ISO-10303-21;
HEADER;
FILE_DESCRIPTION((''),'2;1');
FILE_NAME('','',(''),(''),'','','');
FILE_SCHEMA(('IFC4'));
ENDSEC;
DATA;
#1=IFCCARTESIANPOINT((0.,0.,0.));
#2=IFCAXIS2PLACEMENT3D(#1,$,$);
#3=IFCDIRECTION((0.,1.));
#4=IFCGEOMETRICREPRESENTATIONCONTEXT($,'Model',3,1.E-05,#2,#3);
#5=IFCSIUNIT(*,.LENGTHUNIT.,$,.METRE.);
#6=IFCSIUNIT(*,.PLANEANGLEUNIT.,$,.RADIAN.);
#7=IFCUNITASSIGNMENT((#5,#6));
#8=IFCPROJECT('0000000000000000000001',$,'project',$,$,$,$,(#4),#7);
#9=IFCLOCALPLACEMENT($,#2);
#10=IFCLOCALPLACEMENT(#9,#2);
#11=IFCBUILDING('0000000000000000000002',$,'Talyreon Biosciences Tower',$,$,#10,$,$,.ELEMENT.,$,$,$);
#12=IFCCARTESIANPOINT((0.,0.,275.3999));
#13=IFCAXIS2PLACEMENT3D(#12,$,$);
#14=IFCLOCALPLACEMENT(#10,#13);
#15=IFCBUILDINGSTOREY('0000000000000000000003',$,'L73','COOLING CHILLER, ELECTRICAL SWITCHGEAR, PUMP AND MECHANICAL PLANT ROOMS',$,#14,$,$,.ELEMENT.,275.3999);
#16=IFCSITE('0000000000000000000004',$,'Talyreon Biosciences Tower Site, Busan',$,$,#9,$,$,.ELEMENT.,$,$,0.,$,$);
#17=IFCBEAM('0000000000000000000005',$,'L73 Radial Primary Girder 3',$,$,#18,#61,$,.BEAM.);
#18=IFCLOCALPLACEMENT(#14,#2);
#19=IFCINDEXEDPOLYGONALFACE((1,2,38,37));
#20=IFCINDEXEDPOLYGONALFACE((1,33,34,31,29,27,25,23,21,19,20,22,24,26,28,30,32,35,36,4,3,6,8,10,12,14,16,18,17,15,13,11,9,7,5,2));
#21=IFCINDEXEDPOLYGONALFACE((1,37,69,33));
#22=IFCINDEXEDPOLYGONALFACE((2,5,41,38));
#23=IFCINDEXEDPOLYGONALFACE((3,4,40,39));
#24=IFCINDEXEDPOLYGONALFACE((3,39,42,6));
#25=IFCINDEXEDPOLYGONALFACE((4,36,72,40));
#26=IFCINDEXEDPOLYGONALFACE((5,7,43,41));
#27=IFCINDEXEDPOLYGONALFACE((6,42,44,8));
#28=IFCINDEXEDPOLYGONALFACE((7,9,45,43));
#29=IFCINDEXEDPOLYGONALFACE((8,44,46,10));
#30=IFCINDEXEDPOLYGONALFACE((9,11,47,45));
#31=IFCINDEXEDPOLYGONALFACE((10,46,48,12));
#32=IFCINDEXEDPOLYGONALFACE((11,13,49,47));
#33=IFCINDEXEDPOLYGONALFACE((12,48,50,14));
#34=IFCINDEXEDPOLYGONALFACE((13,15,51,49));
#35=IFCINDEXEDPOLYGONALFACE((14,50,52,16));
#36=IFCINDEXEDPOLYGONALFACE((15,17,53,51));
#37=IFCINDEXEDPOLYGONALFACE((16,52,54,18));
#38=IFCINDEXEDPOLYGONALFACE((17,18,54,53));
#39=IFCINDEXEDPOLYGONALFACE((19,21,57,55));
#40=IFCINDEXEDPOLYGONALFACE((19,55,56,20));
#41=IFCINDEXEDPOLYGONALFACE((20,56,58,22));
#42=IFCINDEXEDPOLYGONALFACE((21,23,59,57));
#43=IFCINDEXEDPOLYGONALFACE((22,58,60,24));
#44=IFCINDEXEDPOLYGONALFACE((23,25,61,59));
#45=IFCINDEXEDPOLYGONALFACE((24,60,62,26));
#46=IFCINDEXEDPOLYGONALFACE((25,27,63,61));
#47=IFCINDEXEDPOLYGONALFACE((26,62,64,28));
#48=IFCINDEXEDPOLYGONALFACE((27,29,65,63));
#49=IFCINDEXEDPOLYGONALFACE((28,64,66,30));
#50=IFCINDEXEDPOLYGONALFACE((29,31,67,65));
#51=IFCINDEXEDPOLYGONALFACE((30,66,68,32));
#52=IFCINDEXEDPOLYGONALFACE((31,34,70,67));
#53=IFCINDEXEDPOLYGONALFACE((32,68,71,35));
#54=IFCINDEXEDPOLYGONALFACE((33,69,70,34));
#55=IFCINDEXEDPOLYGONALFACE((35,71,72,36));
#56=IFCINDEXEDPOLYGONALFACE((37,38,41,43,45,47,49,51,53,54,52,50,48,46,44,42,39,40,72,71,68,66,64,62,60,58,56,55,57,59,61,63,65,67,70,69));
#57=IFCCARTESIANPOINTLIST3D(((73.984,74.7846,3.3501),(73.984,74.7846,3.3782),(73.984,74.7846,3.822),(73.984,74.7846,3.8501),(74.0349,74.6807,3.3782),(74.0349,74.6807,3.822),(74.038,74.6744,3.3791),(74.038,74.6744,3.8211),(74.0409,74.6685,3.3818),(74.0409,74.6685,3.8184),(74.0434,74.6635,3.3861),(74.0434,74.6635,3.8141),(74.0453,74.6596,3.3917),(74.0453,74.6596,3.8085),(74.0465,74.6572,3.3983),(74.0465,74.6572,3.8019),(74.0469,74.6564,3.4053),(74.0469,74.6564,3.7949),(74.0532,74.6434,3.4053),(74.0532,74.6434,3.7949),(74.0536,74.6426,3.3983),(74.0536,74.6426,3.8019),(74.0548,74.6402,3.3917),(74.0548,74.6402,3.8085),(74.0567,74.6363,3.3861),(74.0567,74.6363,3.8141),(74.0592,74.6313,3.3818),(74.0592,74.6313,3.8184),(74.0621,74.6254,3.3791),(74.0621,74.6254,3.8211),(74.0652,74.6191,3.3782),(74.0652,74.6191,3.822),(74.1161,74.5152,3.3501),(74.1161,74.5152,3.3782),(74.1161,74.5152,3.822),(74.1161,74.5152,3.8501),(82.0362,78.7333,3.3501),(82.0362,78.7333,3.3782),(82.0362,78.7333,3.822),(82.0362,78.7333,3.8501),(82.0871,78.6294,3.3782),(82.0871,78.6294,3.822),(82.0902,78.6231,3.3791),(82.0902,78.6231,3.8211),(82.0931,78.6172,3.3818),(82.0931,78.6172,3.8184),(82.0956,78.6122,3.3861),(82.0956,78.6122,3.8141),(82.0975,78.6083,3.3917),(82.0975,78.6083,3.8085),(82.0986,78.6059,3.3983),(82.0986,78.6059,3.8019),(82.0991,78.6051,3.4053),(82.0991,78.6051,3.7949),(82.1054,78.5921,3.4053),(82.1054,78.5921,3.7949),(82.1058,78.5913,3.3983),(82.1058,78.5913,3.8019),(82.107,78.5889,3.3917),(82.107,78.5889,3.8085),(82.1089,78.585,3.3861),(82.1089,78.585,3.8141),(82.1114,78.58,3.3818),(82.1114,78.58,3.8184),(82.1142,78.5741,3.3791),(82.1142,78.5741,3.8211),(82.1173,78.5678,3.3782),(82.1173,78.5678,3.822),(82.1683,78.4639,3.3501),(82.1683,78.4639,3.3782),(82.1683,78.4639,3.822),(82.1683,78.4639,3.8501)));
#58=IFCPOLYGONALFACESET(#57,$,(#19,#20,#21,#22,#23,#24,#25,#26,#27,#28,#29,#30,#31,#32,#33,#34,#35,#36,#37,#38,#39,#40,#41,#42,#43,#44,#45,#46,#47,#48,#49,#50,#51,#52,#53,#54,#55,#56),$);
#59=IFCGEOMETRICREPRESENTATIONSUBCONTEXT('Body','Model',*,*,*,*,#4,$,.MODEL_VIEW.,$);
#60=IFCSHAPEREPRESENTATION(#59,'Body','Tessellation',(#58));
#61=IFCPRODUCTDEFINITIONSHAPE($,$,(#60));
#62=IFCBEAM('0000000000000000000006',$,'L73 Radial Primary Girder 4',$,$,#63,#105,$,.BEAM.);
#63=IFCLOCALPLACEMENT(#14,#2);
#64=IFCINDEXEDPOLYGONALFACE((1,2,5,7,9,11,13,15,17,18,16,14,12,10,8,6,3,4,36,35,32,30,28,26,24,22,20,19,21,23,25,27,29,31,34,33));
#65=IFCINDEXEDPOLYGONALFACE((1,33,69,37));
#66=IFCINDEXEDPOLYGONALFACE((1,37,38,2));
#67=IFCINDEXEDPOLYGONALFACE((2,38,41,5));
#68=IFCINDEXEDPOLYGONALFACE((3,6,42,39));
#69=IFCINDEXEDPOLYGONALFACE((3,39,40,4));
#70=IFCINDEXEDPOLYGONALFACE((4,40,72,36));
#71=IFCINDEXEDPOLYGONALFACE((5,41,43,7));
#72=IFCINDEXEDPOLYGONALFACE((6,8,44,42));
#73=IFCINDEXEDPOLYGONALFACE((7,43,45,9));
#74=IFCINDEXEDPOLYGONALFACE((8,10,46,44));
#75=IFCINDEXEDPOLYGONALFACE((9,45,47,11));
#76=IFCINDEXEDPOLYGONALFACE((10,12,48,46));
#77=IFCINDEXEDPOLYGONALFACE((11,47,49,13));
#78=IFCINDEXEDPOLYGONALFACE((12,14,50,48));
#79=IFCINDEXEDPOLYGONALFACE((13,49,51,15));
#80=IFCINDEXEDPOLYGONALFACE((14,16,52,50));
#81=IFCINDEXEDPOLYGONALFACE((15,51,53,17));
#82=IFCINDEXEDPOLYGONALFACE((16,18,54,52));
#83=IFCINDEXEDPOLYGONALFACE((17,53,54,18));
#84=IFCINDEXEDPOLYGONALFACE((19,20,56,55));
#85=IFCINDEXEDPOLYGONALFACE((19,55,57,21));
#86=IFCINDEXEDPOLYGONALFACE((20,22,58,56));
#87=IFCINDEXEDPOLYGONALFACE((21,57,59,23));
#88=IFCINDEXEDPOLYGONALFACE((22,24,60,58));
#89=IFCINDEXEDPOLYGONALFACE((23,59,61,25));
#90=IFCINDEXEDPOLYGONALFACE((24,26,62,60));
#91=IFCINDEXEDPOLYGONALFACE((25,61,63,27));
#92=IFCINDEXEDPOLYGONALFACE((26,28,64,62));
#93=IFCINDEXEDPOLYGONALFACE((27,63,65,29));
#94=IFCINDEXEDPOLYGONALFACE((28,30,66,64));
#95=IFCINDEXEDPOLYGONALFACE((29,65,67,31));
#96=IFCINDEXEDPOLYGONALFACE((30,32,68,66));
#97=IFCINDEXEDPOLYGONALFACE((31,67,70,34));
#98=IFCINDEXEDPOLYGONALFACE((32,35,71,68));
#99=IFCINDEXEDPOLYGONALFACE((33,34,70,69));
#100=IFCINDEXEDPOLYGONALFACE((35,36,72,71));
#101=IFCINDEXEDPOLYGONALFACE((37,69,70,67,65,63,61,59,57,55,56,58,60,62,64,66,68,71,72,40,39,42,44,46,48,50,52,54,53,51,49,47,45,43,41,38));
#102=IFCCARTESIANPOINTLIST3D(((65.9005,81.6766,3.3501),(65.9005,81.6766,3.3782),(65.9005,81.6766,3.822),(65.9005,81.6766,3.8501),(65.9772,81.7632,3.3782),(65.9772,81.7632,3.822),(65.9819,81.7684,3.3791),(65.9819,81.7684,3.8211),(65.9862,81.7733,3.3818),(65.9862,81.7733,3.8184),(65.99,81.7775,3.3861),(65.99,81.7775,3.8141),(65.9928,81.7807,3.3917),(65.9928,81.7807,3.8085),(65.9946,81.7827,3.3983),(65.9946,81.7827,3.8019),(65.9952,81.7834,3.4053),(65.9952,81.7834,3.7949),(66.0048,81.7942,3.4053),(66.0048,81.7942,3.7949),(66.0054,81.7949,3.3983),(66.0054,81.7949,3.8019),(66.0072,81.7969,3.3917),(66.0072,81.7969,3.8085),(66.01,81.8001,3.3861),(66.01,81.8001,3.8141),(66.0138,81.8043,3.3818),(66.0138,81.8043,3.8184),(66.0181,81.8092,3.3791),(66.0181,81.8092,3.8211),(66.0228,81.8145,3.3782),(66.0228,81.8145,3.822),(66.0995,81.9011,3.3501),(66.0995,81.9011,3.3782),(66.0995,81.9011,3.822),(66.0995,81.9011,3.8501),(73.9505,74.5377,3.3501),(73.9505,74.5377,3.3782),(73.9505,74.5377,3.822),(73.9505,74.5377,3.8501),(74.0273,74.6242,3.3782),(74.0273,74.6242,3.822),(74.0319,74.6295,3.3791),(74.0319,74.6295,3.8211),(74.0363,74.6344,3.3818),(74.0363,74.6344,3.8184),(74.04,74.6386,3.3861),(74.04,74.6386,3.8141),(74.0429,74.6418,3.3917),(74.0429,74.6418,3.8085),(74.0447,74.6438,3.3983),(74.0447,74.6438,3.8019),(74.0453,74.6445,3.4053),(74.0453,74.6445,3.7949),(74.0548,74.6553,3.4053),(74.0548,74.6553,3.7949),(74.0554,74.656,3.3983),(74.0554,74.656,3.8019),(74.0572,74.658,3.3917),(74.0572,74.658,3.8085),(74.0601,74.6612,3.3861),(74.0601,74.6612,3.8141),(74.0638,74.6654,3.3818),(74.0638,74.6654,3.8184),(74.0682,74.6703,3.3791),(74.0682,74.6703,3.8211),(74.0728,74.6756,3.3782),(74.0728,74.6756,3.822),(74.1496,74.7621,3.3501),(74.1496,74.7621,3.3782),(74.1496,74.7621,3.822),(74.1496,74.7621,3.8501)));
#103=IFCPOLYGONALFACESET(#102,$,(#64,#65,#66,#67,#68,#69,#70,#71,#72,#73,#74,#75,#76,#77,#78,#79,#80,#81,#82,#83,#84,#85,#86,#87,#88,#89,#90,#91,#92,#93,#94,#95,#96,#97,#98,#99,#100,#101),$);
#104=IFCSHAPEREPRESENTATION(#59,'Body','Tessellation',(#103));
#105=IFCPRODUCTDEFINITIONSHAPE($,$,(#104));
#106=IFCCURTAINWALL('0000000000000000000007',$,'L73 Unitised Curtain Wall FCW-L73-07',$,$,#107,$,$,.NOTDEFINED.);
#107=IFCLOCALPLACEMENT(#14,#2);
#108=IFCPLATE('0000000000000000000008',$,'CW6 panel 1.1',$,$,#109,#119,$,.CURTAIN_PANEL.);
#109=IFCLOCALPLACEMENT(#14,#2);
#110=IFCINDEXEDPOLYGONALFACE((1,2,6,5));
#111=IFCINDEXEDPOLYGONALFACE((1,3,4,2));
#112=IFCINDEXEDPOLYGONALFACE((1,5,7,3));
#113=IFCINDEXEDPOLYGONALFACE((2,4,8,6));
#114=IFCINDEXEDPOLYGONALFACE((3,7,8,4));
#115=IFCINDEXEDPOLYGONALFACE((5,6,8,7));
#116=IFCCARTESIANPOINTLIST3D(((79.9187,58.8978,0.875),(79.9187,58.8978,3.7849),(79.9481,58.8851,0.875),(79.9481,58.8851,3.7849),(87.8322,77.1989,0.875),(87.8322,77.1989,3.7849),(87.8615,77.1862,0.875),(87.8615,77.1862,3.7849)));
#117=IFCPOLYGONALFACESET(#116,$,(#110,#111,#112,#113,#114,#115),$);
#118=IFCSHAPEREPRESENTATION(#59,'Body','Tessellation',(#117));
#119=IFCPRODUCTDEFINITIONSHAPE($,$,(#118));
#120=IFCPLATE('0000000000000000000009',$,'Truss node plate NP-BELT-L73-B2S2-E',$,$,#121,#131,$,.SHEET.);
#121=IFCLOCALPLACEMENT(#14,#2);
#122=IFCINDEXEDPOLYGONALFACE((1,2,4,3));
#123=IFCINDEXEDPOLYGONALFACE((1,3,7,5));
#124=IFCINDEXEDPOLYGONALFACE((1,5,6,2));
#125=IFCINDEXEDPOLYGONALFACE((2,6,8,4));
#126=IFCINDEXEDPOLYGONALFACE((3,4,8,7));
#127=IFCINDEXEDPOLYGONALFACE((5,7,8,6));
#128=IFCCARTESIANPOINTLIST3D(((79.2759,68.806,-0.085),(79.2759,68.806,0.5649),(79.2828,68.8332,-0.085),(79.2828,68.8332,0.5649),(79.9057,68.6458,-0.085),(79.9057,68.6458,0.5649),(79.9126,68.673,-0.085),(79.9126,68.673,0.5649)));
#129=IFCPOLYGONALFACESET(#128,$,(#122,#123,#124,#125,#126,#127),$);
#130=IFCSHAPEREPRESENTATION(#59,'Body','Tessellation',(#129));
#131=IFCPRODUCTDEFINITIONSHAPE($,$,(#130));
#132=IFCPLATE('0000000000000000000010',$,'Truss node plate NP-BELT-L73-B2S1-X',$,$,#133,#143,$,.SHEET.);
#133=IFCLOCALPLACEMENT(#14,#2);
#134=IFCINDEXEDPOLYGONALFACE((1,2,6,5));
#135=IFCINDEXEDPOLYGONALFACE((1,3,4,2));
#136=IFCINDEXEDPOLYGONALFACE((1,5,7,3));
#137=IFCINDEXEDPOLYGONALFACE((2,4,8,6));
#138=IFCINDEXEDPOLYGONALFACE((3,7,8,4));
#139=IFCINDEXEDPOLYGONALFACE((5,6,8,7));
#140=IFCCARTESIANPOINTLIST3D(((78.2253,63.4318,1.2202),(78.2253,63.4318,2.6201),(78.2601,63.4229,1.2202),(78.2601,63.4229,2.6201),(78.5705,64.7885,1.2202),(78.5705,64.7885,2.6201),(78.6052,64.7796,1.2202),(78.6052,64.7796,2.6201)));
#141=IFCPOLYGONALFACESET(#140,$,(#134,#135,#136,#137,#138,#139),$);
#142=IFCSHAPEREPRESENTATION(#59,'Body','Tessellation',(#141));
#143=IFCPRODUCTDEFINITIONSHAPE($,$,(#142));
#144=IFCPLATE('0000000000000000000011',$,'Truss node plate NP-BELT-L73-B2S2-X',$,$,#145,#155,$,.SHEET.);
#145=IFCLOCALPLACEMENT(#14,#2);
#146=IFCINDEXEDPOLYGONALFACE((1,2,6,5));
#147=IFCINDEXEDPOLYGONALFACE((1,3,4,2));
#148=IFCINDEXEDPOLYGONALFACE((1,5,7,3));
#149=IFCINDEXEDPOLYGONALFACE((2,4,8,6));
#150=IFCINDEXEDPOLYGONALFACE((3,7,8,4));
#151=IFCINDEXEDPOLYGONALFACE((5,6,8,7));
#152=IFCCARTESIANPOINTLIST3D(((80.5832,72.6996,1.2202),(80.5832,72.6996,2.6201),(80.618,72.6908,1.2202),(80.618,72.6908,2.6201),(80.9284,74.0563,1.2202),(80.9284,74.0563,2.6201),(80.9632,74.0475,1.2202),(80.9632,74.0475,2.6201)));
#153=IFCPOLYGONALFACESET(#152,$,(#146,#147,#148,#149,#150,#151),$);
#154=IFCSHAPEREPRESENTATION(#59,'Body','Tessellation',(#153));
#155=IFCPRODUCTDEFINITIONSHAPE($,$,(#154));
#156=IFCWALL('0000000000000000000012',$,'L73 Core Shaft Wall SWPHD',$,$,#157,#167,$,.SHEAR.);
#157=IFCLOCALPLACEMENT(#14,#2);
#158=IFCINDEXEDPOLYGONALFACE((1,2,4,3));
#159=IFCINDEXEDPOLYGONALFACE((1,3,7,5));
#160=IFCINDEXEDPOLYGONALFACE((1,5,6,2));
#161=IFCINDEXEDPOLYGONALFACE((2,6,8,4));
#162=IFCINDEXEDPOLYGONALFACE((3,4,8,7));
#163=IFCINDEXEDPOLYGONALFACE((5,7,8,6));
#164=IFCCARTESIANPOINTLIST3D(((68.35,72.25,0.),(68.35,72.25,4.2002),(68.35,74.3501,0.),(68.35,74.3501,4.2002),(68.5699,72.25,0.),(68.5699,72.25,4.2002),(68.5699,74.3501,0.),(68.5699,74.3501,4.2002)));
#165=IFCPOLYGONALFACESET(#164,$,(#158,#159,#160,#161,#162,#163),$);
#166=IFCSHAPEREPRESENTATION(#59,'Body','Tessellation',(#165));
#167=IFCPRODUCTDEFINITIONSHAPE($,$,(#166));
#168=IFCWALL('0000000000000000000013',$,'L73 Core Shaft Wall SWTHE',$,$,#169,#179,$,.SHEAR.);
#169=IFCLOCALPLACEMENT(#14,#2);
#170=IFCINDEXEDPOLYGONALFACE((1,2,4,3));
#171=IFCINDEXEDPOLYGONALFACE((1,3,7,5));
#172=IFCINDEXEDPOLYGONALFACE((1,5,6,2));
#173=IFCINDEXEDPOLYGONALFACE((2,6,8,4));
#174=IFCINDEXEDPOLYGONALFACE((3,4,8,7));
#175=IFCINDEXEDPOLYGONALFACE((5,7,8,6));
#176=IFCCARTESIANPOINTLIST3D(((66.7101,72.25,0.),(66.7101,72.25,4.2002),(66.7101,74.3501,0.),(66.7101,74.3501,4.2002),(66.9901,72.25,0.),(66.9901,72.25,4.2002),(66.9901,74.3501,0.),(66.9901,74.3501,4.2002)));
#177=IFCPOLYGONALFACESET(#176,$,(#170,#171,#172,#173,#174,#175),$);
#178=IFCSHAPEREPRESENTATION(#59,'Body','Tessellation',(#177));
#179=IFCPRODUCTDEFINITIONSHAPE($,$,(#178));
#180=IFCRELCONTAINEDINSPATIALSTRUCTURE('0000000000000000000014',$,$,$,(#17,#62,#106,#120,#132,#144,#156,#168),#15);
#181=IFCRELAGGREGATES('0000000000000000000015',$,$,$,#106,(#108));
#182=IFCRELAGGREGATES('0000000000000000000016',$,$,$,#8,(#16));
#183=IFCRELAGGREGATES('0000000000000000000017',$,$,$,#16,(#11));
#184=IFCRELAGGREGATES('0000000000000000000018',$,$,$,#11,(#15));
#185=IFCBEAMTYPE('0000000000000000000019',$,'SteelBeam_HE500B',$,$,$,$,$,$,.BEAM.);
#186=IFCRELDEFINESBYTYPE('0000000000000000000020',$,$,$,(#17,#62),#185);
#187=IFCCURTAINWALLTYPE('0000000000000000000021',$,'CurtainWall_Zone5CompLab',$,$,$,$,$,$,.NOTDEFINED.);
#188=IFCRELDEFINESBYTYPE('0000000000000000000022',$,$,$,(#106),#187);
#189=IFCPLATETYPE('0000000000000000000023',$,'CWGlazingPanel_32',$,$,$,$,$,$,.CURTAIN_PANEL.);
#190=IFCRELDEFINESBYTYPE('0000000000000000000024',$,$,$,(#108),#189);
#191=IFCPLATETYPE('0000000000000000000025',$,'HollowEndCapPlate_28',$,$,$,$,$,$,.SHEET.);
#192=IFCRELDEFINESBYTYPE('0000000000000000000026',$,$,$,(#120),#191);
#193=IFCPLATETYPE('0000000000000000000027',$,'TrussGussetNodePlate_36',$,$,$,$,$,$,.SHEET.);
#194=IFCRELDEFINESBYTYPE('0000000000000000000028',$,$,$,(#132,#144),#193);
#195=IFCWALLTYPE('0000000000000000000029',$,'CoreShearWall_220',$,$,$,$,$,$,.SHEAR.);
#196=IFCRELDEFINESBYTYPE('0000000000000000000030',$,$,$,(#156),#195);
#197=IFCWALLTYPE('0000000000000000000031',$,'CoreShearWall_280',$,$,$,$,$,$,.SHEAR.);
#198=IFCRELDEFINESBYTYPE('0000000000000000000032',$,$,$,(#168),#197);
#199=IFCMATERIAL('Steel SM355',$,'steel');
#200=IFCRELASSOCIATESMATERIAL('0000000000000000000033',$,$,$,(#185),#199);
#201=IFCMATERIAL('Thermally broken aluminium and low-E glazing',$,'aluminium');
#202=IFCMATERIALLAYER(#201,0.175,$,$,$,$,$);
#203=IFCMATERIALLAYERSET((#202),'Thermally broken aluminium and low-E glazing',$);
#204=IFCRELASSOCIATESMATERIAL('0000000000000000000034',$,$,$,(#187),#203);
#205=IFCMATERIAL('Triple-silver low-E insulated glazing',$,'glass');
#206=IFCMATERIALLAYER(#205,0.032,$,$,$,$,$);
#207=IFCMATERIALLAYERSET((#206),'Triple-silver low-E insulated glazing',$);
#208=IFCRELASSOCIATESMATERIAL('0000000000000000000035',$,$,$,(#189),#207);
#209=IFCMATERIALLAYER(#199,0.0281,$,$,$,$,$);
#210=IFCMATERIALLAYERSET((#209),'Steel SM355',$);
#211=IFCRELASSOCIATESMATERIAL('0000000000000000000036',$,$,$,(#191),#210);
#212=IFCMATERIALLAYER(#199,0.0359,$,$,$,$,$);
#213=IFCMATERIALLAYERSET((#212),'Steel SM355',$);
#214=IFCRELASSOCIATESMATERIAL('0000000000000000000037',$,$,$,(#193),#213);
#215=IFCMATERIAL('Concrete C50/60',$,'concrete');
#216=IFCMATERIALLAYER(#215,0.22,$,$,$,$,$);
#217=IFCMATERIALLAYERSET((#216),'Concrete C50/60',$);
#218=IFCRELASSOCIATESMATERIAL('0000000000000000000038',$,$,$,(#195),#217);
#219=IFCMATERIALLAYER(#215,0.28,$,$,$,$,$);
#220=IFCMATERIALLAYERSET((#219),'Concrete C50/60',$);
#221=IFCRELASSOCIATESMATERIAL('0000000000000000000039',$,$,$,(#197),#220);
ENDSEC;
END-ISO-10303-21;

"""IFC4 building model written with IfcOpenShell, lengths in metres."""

from ifc_helpers import new_model, si_unit, direction, frame, frame_2d, origin, origin_2d, place, context, subcontext, project, spatial, rectangle, i_section, extrude, material, layer, layer_set, material_profile, profile_set, type_object, element, aggregate, save


model = new_model("IFC4")

# Units and contexts
model_context = context("Model", 3, precision=1e-05, world=origin(), true_north=direction((0.0, 1.0)))
body_context = subcontext(model_context, "Body", "Model", "MODEL_VIEW")
ifc_project = project(units=[si_unit("LENGTHUNIT", "METRE"), si_unit("PLANEANGLEUNIT", "RADIAN")], contexts=[model_context])

# Site, building, storey
site_placement = place(None, origin())
site = spatial("IfcSite", under=ifc_project, at=site_placement, Name="Talyreon Biosciences Tower Site, Busan", CompositionType="ELEMENT", RefElevation=0.0)
building_placement = place(site_placement, origin())
building = spatial("IfcBuilding", under=site, at=building_placement, Name="Talyreon Biosciences Tower", CompositionType="ELEMENT")
storey_placement = place(building_placement, frame((0.0, 0.0, 275.3999)))
storey = spatial("IfcBuildingStorey", under=building, at=storey_placement, Name="L73", Description="COOLING CHILLER, ELECTRICAL SWITCHGEAR, PUMP AND MECHANICAL PLANT ROOMS", CompositionType="ELEMENT", Elevation=275.3999)

# Shared definitions
ifc_material_1 = material(Name="Concrete C50/60", Category="concrete")

# Shared definitions
ifc_material_2 = material(Name="Steel SM355", Category="steel")

# Beams
ifc_material_profile_1 = material_profile(ifc_material_2, i_section(OverallWidth=0.3, OverallDepth=0.5, WebThickness=0.0144, FlangeThickness=0.0281, FilletRadius=0.0271, at=origin_2d()), Name="HE500B")
ifc_profile_set_1 = profile_set([ifc_material_profile_1], Name="Steel SM355")
beam_type_1 = type_object("IfcBeamType", Name="SteelBeam_HE500B", PredefinedType="BEAM", material=ifc_profile_set_1)
beam_1_placement = place(storey_placement, frame((74.05, 74.6499, 3.6001), z_axis=(0.897852, 0.440297, 0.0), x_axis=(-0.440297, 0.897852, 0.0)))
element("IfcBeam", 1, at=beam_1_placement, inside=storey, type_object=beam_type_1, Name="L73 Radial Primary Girder 3", PredefinedType="BEAM", context=body_context, shape_type="SweptSolid", body=[
    extrude(i_section(OverallWidth=0.3, OverallDepth=0.5, WebThickness=0.0144, FlangeThickness=0.0281, FilletRadius=0.0271, at=origin_2d()), origin(), (0.0, 0.0, 1.0), 8.9683),
])
beam_2_placement = place(storey_placement, frame((74.05, 74.6499, 3.6001), z_axis=(-0.748179, 0.663497, 0.0), x_axis=(-0.663497, -0.748179, 0.0)))
element("IfcBeam", 2, at=beam_2_placement, inside=storey, type_object=beam_type_1, Name="L73 Radial Primary Girder 4", PredefinedType="BEAM", context=body_context, shape_type="SweptSolid", body=[
    extrude(i_section(OverallWidth=0.3, OverallDepth=0.5, WebThickness=0.0144, FlangeThickness=0.0281, FilletRadius=0.0271, at=origin_2d()), origin(), (0.0, 0.0, 1.0), 10.7595),
])

# Curtain wall, plate
ifc_material_3 = material(Name="Thermally broken aluminium and low-E glazing", Category="aluminium")
ifc_layer_1 = layer(ifc_material_3, 0.175)
ifc_layer_set_1 = layer_set([ifc_layer_1], Name="Thermally broken aluminium and low-E glazing")
curtain_wall_type = type_object("IfcCurtainWallType", Name="CurtainWall_Zone5CompLab", PredefinedType="NOTDEFINED", material=ifc_layer_set_1)
curtain_wall_placement = place(storey_placement, origin())
curtain_wall = element("IfcCurtainWall", 3, at=curtain_wall_placement, inside=storey, type_object=curtain_wall_type, Name="L73 Unitised Curtain Wall FCW-L73-07", PredefinedType="NOTDEFINED")
ifc_material_4 = material(Name="Triple-silver low-E insulated glazing", Category="glass")
ifc_layer_2 = layer(ifc_material_4, 0.032)
ifc_layer_set_2 = layer_set([ifc_layer_2], Name="Triple-silver low-E insulated glazing")
plate_type_1 = type_object("IfcPlateType", Name="CWGlazingPanel_32", PredefinedType="CURTAIN_PANEL", material=ifc_layer_set_2)
plate_1_placement = place(storey_placement, frame((83.8901, 68.042, 0.875), z_axis=(0.0, 0.0, 1.0), x_axis=(-0.396889, -0.917867, 0.0)))
plate_1 = element("IfcPlate", 4, at=plate_1_placement, type_object=plate_type_1, Name="CW6 panel 1.1", PredefinedType="CURTAIN_PANEL", context=body_context, shape_type="SweptSolid", body=[
    extrude(rectangle(XDim=19.9387, YDim=0.032, at=origin_2d()), origin(), (0.0, 0.0, 1.0), 2.9099),
])
aggregate(curtain_wall, [plate_1])

# Plates
ifc_layer_3 = layer(ifc_material_2, 0.0281)
ifc_layer_set_3 = layer_set([ifc_layer_3], Name="Steel SM355")
plate_type_2 = type_object("IfcPlateType", Name="HollowEndCapPlate_28", PredefinedType="SHEET", material=ifc_layer_set_3)
plate_2_placement = place(storey_placement, frame((79.5942, 68.7395, -0.085), z_axis=(0.0, 0.0, 1.0), x_axis=(-0.969132, 0.246542, 0.0)))
element("IfcPlate", 5, at=plate_2_placement, inside=storey, type_object=plate_type_2, Name="Truss node plate NP-BELT-L73-B2S2-E", PredefinedType="SHEET", context=body_context, shape_type="SweptSolid", body=[
    extrude(rectangle(XDim=0.6499, YDim=0.0281, at=origin_2d()), origin(), (0.0, 0.0, 1.0), 0.6499),
])
ifc_layer_4 = layer(ifc_material_2, 0.0359)
ifc_layer_set_4 = layer_set([ifc_layer_4], Name="Steel SM355")
plate_type_3 = type_object("IfcPlateType", Name="TrussGussetNodePlate_36", PredefinedType="SHEET", material=ifc_layer_set_4)
for number, where, z_axis, x_axis, name in (
    (6, (78.4153, 64.1057, 1.2202), (0.0, 0.0, 1.0), (0.246542, 0.969132, 0.0), "Truss node plate NP-BELT-L73-B2S1-X"),
    (7, (80.7732, 73.3735, 1.2202), (0.0, 0.0, 1.0), (0.246542, 0.969132, 0.0), "Truss node plate NP-BELT-L73-B2S2-X"),
):
    element("IfcPlate", number, at=place(storey_placement, frame(where, z_axis=z_axis, x_axis=x_axis)), inside=storey, type_object=plate_type_3, Name=name, PredefinedType="SHEET", context=body_context, shape_type="SweptSolid", body=[
        extrude(rectangle(XDim=1.3999, YDim=0.0359, at=origin_2d()), origin(), (0.0, 0.0, 1.0), 1.3999),
    ])

# Walls
ifc_layer_5 = layer(ifc_material_1, 0.22)
ifc_layer_set_5 = layer_set([ifc_layer_5], Name="Concrete C50/60")
wall_type_1 = type_object("IfcWallType", Name="CoreShearWall_220", PredefinedType="SHEAR", material=ifc_layer_set_5)
wall_1_placement = place(storey_placement, frame((68.46, 72.25, 0.0), z_axis=(0.0, 0.0, 1.0), x_axis=(0.0, 1.0, 0.0)))
element("IfcWall", 8, at=wall_1_placement, inside=storey, type_object=wall_type_1, Name="L73 Core Shaft Wall SWPHD", PredefinedType="SHEAR", context=body_context, shape_type="SweptSolid", body=[
    extrude(rectangle(XDim=2.1001, YDim=0.22, at=frame_2d((1.05, 0.0))), origin(), (0.0, 0.0, 1.0), 4.2002),
])
ifc_layer_6 = layer(ifc_material_1, 0.28)
ifc_layer_set_6 = layer_set([ifc_layer_6], Name="Concrete C50/60")
wall_type_2 = type_object("IfcWallType", Name="CoreShearWall_280", PredefinedType="SHEAR", material=ifc_layer_set_6)
wall_2_placement = place(storey_placement, frame((66.8501, 72.25, 0.0), z_axis=(0.0, 0.0, 1.0), x_axis=(0.0, 1.0, 0.0)))
element("IfcWall", 9, at=wall_2_placement, inside=storey, type_object=wall_type_2, Name="L73 Core Shaft Wall SWTHE", PredefinedType="SHEAR", context=body_context, shape_type="SweptSolid", body=[
    extrude(rectangle(XDim=2.1001, YDim=0.28, at=frame_2d((1.05, 0.0))), origin(), (0.0, 0.0, 1.0), 4.2002),
])

save(model, "model.ifc")
